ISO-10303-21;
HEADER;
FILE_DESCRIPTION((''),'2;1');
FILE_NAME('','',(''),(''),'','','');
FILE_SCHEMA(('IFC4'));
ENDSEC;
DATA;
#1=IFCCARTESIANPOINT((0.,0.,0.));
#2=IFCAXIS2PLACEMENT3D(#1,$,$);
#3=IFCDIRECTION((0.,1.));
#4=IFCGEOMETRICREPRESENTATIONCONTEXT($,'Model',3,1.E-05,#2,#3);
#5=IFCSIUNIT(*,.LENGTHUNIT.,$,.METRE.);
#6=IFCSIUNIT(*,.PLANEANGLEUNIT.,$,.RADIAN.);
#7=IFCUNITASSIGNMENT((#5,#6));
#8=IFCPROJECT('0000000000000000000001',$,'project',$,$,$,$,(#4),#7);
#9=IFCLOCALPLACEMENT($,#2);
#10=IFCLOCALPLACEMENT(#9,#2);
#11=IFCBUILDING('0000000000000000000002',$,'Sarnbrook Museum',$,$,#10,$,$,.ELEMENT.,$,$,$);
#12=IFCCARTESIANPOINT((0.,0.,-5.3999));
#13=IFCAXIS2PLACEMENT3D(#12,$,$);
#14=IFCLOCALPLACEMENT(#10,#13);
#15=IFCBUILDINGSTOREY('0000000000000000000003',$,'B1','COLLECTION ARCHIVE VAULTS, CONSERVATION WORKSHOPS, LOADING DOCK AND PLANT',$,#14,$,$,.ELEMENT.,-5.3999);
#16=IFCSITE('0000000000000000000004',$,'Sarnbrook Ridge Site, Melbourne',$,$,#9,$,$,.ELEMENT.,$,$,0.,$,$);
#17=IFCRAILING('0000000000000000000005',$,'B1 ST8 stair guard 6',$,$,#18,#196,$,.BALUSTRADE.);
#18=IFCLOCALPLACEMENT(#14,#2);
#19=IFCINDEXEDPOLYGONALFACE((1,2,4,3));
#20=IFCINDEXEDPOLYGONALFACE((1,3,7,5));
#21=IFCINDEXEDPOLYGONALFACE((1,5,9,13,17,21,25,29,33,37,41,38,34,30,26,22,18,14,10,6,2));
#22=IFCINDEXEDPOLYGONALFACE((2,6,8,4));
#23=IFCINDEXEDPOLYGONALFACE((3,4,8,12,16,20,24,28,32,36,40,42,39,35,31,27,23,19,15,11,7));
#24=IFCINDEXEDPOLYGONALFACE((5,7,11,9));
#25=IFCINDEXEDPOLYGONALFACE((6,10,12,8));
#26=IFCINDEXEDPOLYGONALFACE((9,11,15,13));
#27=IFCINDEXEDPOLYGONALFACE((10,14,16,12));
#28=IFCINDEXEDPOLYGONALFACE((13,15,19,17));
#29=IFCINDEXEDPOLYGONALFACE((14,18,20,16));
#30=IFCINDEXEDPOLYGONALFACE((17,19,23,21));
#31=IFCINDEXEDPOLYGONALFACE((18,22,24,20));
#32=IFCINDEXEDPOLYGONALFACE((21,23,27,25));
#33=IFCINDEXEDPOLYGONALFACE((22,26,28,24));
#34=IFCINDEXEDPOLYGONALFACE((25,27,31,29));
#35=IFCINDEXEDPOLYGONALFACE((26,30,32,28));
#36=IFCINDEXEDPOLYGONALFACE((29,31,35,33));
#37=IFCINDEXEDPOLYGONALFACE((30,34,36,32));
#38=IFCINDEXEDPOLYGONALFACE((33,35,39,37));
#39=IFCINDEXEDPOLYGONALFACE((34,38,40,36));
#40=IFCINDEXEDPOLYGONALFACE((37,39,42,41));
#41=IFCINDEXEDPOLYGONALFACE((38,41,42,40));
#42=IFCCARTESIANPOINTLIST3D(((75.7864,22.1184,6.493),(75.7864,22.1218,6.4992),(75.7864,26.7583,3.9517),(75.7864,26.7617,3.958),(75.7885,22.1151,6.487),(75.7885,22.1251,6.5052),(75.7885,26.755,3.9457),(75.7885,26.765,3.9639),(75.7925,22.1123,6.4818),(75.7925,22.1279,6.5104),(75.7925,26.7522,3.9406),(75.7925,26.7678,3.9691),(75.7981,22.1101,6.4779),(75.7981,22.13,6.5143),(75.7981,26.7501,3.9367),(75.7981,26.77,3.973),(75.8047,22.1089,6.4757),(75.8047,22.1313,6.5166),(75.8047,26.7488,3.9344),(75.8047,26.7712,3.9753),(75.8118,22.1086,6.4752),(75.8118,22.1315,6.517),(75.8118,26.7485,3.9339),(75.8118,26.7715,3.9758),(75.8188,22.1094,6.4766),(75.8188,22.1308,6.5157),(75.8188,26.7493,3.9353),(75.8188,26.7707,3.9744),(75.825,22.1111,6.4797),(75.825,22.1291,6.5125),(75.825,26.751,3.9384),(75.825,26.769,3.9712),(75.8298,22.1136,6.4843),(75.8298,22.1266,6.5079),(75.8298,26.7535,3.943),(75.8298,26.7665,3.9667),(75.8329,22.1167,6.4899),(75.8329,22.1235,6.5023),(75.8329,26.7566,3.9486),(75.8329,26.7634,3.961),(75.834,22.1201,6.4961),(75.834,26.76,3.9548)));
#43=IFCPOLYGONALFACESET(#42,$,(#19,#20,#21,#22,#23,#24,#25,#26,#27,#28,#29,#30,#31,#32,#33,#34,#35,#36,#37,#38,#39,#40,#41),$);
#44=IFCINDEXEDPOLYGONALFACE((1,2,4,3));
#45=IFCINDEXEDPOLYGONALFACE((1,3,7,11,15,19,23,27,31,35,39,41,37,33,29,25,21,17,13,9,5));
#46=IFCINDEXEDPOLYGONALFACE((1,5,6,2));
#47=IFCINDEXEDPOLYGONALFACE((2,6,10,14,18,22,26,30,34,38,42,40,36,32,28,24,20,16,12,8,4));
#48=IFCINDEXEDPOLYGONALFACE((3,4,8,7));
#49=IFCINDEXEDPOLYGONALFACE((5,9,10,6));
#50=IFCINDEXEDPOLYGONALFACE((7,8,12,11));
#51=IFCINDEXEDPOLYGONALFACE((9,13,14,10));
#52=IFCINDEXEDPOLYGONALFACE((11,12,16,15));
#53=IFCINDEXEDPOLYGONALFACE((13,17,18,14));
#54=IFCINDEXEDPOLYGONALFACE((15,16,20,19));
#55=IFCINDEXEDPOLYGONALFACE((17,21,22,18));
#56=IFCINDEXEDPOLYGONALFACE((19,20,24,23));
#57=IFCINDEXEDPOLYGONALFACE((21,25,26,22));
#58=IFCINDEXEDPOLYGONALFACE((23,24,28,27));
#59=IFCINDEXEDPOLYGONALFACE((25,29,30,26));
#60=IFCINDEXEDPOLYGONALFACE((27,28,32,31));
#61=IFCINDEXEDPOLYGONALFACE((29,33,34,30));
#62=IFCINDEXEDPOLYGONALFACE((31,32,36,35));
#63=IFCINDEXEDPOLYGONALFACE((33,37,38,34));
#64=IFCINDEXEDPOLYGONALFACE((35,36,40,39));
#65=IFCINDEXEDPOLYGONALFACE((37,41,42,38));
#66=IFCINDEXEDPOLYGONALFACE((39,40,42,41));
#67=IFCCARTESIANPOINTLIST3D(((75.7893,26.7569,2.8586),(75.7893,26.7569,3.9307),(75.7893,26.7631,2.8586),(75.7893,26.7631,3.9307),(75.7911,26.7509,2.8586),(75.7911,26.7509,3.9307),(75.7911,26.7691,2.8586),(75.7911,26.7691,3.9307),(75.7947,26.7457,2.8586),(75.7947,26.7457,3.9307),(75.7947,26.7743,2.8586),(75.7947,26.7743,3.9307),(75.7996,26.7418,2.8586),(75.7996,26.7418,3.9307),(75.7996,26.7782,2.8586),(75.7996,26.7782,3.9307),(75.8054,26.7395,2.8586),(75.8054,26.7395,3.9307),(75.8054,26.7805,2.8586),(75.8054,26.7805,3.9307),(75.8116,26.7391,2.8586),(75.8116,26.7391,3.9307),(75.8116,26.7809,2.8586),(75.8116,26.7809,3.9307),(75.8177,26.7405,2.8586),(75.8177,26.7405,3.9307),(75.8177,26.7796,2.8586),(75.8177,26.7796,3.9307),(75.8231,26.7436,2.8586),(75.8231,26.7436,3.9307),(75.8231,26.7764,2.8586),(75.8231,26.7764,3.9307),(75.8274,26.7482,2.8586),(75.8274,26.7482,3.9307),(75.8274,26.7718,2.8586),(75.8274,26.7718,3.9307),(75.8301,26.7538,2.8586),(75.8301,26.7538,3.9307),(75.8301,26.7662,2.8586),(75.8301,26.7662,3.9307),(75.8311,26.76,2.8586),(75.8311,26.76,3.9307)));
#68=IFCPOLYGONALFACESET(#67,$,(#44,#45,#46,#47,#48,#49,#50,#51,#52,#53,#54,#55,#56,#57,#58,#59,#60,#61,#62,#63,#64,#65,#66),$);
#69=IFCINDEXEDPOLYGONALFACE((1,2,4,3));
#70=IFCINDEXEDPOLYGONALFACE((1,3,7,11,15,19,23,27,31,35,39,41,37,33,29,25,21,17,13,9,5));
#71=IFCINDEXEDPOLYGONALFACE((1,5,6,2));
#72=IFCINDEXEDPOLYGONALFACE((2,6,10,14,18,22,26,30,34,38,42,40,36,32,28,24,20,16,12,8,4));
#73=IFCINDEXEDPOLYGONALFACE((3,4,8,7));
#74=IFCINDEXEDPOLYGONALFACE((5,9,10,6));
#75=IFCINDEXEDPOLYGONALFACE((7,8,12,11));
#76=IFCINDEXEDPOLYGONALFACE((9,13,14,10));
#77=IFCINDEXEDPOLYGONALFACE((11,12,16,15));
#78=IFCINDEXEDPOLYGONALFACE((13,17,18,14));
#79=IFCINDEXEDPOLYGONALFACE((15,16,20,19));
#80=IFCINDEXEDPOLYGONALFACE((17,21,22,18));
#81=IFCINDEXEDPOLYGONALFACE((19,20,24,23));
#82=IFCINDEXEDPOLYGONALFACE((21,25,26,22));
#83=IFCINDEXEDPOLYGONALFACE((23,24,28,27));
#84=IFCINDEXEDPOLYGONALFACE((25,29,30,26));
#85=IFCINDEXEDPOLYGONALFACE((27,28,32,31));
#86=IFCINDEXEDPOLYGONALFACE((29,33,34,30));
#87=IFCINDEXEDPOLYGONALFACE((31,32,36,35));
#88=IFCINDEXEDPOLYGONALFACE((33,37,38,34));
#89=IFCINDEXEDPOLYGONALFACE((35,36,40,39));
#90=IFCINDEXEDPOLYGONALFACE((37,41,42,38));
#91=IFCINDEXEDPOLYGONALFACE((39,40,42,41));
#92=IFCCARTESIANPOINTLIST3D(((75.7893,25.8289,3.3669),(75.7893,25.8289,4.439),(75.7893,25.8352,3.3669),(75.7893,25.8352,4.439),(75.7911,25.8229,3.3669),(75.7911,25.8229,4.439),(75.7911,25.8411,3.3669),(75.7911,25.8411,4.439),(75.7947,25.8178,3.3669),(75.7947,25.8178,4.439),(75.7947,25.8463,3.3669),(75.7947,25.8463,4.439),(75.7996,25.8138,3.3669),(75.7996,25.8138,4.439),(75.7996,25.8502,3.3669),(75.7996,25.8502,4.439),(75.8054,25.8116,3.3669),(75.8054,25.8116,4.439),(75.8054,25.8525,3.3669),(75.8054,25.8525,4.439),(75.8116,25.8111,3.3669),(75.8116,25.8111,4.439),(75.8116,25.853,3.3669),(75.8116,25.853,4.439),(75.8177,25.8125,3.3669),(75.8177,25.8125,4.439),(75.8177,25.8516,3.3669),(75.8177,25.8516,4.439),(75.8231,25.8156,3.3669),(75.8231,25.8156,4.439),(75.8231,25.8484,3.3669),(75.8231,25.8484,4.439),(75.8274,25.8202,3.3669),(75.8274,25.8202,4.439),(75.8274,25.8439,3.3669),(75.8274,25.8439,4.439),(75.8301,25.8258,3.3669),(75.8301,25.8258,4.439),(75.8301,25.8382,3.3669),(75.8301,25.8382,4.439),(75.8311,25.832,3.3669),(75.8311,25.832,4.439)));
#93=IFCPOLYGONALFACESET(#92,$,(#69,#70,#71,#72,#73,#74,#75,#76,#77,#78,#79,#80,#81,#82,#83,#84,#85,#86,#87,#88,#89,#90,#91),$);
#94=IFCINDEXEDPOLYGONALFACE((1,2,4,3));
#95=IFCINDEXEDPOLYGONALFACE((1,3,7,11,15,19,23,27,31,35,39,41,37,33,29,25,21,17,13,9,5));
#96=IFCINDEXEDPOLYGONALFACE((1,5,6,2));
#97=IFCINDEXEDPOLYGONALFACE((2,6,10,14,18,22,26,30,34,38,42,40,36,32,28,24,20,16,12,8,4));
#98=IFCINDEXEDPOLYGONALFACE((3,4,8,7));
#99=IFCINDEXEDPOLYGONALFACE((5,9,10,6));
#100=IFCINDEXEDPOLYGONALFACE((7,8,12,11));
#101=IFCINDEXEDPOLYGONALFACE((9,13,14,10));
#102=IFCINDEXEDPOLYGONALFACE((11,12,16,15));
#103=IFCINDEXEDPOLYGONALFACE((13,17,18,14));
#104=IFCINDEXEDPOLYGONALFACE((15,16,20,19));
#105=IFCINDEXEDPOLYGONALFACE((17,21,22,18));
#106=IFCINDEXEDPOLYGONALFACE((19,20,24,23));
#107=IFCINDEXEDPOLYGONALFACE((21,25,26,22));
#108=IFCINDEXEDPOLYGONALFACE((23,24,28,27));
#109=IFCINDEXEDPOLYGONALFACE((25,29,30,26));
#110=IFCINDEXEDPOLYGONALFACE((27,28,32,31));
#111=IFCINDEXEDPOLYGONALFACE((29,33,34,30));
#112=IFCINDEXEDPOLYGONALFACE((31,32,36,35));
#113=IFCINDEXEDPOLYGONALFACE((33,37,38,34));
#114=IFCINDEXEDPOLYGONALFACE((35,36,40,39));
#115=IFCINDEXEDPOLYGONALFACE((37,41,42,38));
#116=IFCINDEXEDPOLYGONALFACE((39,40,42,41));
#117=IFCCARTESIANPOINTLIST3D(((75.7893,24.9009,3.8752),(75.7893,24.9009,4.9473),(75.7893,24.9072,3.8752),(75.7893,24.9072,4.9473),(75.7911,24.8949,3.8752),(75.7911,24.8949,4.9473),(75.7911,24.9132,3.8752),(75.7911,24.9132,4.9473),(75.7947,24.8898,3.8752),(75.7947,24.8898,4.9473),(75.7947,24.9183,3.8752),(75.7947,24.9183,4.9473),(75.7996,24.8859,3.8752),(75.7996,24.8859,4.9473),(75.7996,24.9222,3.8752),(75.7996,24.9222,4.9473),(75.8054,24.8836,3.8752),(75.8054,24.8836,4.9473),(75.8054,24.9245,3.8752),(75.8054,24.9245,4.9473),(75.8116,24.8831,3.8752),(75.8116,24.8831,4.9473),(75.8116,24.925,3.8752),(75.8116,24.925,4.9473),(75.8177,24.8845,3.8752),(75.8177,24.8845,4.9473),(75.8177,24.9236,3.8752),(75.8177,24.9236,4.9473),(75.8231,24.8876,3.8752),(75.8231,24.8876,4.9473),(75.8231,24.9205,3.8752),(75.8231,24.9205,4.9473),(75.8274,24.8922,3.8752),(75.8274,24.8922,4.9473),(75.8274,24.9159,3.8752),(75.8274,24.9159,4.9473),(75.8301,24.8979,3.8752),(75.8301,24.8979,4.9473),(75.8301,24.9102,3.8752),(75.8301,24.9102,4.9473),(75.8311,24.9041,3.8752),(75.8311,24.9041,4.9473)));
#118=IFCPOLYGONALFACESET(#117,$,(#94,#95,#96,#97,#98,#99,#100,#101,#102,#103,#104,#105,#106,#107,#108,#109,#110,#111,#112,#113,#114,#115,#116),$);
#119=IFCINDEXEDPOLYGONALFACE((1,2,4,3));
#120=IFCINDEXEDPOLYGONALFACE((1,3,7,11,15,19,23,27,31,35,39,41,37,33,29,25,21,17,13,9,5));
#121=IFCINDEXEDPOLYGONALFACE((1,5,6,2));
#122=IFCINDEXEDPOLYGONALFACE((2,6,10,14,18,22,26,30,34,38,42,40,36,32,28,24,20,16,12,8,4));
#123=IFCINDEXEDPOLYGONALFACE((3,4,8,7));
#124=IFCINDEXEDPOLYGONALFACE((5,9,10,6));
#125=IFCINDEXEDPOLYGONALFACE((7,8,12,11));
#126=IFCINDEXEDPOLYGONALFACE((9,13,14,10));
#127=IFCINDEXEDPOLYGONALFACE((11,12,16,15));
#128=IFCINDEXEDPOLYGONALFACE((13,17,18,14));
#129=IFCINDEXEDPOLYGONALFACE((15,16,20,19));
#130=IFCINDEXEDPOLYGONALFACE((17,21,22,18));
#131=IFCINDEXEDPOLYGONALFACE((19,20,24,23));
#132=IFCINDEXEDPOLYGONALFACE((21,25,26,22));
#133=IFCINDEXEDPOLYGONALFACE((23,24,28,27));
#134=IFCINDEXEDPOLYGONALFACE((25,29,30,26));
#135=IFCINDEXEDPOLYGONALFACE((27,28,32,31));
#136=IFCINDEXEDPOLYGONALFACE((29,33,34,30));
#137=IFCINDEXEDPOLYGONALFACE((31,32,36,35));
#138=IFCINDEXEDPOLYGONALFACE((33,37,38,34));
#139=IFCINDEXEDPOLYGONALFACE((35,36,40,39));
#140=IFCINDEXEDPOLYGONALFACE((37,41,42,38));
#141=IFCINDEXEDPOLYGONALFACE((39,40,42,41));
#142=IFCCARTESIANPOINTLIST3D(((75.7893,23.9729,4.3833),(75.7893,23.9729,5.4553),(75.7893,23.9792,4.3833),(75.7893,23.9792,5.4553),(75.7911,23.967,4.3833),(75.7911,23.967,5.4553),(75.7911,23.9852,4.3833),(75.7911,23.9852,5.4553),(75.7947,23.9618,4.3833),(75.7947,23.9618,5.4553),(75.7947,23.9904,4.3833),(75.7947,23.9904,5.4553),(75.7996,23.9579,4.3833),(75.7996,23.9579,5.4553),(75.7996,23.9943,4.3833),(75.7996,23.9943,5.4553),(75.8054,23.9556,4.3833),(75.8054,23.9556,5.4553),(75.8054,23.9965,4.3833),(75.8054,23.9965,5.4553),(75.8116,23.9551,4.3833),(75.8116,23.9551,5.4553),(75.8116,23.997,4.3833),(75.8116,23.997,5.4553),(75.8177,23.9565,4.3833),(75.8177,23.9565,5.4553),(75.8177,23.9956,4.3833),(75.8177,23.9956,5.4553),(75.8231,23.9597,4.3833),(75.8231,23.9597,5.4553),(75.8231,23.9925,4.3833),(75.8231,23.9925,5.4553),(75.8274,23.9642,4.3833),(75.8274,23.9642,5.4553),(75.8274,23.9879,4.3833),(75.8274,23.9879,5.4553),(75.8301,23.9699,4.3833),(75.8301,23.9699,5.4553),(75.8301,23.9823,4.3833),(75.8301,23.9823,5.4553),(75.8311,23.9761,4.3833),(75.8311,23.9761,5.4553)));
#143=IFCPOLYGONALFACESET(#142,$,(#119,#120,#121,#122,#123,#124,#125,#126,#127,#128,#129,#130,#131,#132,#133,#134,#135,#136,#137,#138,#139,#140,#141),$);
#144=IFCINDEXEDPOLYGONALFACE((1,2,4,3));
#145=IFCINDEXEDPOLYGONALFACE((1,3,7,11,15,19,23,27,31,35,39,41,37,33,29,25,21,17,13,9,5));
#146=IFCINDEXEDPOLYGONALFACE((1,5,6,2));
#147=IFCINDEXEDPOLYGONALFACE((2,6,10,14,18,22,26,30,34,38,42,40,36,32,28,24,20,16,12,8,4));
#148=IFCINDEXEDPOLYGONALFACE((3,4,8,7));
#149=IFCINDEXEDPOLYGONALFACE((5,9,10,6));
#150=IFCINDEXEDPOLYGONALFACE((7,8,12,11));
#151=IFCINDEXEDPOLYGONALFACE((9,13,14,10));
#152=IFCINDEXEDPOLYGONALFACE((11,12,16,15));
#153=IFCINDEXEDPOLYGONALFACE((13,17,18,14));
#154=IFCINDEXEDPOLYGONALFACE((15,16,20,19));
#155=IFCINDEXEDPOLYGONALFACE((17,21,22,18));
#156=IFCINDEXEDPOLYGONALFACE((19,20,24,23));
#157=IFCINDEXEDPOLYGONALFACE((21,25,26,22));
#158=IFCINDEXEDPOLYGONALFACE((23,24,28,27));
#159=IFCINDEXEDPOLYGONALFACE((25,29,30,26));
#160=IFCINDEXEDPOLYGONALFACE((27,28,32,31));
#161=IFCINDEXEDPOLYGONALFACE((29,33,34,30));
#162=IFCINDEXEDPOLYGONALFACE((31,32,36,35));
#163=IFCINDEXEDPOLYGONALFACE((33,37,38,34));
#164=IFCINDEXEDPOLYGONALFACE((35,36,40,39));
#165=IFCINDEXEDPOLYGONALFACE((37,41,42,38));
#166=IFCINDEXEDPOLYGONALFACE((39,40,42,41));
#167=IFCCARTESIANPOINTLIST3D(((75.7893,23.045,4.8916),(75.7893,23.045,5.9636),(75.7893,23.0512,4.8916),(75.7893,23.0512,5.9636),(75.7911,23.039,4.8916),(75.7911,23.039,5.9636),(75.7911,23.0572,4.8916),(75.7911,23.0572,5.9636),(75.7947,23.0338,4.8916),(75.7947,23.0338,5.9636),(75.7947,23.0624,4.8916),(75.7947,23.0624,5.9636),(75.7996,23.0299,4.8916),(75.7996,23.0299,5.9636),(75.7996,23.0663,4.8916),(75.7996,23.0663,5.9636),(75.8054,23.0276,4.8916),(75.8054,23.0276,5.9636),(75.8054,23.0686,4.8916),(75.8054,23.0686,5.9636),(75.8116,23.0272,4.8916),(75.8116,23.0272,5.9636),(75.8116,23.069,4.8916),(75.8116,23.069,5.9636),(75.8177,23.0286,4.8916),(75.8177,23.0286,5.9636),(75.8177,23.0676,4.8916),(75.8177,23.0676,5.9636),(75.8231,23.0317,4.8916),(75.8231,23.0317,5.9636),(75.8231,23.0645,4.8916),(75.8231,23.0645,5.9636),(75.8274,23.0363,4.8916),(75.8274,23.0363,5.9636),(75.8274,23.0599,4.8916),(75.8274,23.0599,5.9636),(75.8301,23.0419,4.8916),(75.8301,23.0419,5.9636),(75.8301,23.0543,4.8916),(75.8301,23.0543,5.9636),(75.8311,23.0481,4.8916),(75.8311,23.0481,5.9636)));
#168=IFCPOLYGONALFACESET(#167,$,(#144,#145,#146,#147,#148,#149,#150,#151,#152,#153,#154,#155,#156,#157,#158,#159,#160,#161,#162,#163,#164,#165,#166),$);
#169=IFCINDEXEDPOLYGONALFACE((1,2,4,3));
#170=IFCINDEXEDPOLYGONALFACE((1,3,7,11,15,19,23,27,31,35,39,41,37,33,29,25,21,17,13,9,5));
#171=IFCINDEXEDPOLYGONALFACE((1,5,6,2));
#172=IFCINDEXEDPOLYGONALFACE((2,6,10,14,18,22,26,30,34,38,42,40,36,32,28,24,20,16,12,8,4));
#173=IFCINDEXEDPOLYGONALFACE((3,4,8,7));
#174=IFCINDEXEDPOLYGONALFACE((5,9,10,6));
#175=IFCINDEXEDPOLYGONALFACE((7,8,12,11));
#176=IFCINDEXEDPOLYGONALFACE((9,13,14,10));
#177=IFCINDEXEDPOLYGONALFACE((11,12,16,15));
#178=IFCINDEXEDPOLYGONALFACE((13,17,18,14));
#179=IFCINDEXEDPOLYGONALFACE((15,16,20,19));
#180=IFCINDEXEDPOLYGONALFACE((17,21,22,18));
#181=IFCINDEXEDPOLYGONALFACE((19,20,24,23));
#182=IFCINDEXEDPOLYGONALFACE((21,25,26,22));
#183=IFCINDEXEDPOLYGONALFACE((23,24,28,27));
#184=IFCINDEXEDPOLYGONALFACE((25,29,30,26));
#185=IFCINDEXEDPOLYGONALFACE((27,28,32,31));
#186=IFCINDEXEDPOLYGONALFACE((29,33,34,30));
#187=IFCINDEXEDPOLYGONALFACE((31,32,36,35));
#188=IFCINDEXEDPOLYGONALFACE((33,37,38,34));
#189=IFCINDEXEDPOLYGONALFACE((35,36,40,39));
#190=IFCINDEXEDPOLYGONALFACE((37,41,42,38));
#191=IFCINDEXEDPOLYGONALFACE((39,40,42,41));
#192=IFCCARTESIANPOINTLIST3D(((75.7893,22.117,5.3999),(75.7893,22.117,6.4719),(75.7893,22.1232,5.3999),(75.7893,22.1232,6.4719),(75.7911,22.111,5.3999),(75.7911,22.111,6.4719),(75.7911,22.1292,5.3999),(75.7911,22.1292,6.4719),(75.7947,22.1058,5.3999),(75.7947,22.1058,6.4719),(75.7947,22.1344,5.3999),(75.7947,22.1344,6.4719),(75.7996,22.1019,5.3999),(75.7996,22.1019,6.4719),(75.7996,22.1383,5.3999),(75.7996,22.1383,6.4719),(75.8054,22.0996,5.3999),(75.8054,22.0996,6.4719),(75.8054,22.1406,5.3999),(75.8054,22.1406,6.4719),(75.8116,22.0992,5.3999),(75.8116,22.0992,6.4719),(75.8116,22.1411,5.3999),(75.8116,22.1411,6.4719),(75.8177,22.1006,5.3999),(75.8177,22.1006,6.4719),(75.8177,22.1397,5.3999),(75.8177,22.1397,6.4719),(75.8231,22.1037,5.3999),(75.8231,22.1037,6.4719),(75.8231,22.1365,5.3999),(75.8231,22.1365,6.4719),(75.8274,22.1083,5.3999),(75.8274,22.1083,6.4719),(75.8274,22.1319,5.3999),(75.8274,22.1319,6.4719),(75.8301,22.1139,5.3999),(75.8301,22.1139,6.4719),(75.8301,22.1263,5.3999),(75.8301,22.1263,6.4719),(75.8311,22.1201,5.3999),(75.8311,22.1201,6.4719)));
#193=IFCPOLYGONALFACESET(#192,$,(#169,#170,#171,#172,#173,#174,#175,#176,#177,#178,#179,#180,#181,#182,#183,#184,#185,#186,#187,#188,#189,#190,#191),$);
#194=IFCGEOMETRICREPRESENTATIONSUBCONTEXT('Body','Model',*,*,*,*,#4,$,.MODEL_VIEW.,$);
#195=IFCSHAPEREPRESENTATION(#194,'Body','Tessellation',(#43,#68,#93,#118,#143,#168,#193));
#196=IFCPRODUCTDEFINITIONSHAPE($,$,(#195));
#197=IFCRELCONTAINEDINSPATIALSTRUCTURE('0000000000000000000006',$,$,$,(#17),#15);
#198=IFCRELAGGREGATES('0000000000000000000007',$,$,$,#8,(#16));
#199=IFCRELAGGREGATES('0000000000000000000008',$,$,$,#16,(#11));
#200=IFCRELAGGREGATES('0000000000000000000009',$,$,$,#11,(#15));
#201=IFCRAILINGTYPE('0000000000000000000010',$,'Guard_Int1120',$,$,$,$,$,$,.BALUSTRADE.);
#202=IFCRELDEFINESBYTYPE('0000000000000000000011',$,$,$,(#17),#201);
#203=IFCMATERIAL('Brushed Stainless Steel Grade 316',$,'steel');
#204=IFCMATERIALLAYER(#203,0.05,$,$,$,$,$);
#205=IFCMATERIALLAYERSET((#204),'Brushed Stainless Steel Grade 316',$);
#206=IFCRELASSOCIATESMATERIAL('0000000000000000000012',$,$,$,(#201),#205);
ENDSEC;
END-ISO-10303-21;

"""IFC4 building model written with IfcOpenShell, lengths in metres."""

from ifc_helpers import new_model, si_unit, direction, frame, origin, origin_2d, place, context, subcontext, project, spatial, circle, extrude, material, layer, layer_set, type_object, element, save


model = new_model("IFC4")

# Units and contexts
model_context = context("Model", 3, precision=1e-05, world=origin(), true_north=direction((0.0, 1.0)))
body_context = subcontext(model_context, "Body", "Model", "MODEL_VIEW")
ifc_project = project(units=[si_unit("LENGTHUNIT", "METRE"), si_unit("PLANEANGLEUNIT", "RADIAN")], contexts=[model_context])

# Site, building, storey
site_placement = place(None, origin())
site = spatial("IfcSite", under=ifc_project, at=site_placement, Name="Sarnbrook Ridge Site, Melbourne", CompositionType="ELEMENT", RefElevation=0.0)
building_placement = place(site_placement, origin())
building = spatial("IfcBuilding", under=site, at=building_placement, Name="Sarnbrook Museum", CompositionType="ELEMENT")
storey_placement = place(building_placement, frame((0.0, 0.0, -5.3999)))
storey = spatial("IfcBuildingStorey", under=building, at=storey_placement, Name="B1", Description="COLLECTION ARCHIVE VAULTS, CONSERVATION WORKSHOPS, LOADING DOCK AND PLANT", CompositionType="ELEMENT", Elevation=-5.3999)

# Railing
ifc_material_1 = material(Name="Brushed Stainless Steel Grade 316", Category="steel")
ifc_layer_1 = layer(ifc_material_1, 0.05)
ifc_layer_set_1 = layer_set([ifc_layer_1], Name="Brushed Stainless Steel Grade 316")
railing_type_1 = type_object("IfcRailingType", Name="Guard_Int1120", PredefinedType="BALUSTRADE", material=ifc_layer_set_1)
railing_1_placement = place(storey_placement, frame((75.8101, 26.76, 2.8586)))
element("IfcRailing", 1, at=railing_1_placement, inside=storey, type_object=railing_type_1, Name="B1 ST8 stair guard 6", PredefinedType="BALUSTRADE", context=body_context, shape_type="SweptSolid", body=[
    extrude(circle(Radius=0.0239, at=origin_2d()), frame((0.0, 0.0, 1.0962), z_axis=(0.0, -0.877067, 0.480368), x_axis=(1.0, 0.0, 0.0)), (0.0, 0.0, 1.0), 5.2903),
    extrude(circle(Radius=0.021, at=origin_2d()), origin(), (0.0, 0.0, 1.0), 1.072),
    extrude(circle(Radius=0.021, at=origin_2d()), frame((0.0, -0.928, 0.5083)), (0.0, 0.0, 1.0), 1.072),
    extrude(circle(Radius=0.021, at=origin_2d()), frame((0.0, -1.856, 1.0166)), (0.0, 0.0, 1.0), 1.072),
    extrude(circle(Radius=0.021, at=origin_2d()), frame((0.0, -2.7839, 1.5247)), (0.0, 0.0, 1.0), 1.072),
    extrude(circle(Radius=0.021, at=origin_2d()), frame((0.0, -3.7119, 2.033)), (0.0, 0.0, 1.0), 1.072),
    extrude(circle(Radius=0.021, at=origin_2d()), frame((0.0, -4.6399, 2.5413)), (0.0, 0.0, 1.0), 1.072),
])

save(model, "model.ifc")
